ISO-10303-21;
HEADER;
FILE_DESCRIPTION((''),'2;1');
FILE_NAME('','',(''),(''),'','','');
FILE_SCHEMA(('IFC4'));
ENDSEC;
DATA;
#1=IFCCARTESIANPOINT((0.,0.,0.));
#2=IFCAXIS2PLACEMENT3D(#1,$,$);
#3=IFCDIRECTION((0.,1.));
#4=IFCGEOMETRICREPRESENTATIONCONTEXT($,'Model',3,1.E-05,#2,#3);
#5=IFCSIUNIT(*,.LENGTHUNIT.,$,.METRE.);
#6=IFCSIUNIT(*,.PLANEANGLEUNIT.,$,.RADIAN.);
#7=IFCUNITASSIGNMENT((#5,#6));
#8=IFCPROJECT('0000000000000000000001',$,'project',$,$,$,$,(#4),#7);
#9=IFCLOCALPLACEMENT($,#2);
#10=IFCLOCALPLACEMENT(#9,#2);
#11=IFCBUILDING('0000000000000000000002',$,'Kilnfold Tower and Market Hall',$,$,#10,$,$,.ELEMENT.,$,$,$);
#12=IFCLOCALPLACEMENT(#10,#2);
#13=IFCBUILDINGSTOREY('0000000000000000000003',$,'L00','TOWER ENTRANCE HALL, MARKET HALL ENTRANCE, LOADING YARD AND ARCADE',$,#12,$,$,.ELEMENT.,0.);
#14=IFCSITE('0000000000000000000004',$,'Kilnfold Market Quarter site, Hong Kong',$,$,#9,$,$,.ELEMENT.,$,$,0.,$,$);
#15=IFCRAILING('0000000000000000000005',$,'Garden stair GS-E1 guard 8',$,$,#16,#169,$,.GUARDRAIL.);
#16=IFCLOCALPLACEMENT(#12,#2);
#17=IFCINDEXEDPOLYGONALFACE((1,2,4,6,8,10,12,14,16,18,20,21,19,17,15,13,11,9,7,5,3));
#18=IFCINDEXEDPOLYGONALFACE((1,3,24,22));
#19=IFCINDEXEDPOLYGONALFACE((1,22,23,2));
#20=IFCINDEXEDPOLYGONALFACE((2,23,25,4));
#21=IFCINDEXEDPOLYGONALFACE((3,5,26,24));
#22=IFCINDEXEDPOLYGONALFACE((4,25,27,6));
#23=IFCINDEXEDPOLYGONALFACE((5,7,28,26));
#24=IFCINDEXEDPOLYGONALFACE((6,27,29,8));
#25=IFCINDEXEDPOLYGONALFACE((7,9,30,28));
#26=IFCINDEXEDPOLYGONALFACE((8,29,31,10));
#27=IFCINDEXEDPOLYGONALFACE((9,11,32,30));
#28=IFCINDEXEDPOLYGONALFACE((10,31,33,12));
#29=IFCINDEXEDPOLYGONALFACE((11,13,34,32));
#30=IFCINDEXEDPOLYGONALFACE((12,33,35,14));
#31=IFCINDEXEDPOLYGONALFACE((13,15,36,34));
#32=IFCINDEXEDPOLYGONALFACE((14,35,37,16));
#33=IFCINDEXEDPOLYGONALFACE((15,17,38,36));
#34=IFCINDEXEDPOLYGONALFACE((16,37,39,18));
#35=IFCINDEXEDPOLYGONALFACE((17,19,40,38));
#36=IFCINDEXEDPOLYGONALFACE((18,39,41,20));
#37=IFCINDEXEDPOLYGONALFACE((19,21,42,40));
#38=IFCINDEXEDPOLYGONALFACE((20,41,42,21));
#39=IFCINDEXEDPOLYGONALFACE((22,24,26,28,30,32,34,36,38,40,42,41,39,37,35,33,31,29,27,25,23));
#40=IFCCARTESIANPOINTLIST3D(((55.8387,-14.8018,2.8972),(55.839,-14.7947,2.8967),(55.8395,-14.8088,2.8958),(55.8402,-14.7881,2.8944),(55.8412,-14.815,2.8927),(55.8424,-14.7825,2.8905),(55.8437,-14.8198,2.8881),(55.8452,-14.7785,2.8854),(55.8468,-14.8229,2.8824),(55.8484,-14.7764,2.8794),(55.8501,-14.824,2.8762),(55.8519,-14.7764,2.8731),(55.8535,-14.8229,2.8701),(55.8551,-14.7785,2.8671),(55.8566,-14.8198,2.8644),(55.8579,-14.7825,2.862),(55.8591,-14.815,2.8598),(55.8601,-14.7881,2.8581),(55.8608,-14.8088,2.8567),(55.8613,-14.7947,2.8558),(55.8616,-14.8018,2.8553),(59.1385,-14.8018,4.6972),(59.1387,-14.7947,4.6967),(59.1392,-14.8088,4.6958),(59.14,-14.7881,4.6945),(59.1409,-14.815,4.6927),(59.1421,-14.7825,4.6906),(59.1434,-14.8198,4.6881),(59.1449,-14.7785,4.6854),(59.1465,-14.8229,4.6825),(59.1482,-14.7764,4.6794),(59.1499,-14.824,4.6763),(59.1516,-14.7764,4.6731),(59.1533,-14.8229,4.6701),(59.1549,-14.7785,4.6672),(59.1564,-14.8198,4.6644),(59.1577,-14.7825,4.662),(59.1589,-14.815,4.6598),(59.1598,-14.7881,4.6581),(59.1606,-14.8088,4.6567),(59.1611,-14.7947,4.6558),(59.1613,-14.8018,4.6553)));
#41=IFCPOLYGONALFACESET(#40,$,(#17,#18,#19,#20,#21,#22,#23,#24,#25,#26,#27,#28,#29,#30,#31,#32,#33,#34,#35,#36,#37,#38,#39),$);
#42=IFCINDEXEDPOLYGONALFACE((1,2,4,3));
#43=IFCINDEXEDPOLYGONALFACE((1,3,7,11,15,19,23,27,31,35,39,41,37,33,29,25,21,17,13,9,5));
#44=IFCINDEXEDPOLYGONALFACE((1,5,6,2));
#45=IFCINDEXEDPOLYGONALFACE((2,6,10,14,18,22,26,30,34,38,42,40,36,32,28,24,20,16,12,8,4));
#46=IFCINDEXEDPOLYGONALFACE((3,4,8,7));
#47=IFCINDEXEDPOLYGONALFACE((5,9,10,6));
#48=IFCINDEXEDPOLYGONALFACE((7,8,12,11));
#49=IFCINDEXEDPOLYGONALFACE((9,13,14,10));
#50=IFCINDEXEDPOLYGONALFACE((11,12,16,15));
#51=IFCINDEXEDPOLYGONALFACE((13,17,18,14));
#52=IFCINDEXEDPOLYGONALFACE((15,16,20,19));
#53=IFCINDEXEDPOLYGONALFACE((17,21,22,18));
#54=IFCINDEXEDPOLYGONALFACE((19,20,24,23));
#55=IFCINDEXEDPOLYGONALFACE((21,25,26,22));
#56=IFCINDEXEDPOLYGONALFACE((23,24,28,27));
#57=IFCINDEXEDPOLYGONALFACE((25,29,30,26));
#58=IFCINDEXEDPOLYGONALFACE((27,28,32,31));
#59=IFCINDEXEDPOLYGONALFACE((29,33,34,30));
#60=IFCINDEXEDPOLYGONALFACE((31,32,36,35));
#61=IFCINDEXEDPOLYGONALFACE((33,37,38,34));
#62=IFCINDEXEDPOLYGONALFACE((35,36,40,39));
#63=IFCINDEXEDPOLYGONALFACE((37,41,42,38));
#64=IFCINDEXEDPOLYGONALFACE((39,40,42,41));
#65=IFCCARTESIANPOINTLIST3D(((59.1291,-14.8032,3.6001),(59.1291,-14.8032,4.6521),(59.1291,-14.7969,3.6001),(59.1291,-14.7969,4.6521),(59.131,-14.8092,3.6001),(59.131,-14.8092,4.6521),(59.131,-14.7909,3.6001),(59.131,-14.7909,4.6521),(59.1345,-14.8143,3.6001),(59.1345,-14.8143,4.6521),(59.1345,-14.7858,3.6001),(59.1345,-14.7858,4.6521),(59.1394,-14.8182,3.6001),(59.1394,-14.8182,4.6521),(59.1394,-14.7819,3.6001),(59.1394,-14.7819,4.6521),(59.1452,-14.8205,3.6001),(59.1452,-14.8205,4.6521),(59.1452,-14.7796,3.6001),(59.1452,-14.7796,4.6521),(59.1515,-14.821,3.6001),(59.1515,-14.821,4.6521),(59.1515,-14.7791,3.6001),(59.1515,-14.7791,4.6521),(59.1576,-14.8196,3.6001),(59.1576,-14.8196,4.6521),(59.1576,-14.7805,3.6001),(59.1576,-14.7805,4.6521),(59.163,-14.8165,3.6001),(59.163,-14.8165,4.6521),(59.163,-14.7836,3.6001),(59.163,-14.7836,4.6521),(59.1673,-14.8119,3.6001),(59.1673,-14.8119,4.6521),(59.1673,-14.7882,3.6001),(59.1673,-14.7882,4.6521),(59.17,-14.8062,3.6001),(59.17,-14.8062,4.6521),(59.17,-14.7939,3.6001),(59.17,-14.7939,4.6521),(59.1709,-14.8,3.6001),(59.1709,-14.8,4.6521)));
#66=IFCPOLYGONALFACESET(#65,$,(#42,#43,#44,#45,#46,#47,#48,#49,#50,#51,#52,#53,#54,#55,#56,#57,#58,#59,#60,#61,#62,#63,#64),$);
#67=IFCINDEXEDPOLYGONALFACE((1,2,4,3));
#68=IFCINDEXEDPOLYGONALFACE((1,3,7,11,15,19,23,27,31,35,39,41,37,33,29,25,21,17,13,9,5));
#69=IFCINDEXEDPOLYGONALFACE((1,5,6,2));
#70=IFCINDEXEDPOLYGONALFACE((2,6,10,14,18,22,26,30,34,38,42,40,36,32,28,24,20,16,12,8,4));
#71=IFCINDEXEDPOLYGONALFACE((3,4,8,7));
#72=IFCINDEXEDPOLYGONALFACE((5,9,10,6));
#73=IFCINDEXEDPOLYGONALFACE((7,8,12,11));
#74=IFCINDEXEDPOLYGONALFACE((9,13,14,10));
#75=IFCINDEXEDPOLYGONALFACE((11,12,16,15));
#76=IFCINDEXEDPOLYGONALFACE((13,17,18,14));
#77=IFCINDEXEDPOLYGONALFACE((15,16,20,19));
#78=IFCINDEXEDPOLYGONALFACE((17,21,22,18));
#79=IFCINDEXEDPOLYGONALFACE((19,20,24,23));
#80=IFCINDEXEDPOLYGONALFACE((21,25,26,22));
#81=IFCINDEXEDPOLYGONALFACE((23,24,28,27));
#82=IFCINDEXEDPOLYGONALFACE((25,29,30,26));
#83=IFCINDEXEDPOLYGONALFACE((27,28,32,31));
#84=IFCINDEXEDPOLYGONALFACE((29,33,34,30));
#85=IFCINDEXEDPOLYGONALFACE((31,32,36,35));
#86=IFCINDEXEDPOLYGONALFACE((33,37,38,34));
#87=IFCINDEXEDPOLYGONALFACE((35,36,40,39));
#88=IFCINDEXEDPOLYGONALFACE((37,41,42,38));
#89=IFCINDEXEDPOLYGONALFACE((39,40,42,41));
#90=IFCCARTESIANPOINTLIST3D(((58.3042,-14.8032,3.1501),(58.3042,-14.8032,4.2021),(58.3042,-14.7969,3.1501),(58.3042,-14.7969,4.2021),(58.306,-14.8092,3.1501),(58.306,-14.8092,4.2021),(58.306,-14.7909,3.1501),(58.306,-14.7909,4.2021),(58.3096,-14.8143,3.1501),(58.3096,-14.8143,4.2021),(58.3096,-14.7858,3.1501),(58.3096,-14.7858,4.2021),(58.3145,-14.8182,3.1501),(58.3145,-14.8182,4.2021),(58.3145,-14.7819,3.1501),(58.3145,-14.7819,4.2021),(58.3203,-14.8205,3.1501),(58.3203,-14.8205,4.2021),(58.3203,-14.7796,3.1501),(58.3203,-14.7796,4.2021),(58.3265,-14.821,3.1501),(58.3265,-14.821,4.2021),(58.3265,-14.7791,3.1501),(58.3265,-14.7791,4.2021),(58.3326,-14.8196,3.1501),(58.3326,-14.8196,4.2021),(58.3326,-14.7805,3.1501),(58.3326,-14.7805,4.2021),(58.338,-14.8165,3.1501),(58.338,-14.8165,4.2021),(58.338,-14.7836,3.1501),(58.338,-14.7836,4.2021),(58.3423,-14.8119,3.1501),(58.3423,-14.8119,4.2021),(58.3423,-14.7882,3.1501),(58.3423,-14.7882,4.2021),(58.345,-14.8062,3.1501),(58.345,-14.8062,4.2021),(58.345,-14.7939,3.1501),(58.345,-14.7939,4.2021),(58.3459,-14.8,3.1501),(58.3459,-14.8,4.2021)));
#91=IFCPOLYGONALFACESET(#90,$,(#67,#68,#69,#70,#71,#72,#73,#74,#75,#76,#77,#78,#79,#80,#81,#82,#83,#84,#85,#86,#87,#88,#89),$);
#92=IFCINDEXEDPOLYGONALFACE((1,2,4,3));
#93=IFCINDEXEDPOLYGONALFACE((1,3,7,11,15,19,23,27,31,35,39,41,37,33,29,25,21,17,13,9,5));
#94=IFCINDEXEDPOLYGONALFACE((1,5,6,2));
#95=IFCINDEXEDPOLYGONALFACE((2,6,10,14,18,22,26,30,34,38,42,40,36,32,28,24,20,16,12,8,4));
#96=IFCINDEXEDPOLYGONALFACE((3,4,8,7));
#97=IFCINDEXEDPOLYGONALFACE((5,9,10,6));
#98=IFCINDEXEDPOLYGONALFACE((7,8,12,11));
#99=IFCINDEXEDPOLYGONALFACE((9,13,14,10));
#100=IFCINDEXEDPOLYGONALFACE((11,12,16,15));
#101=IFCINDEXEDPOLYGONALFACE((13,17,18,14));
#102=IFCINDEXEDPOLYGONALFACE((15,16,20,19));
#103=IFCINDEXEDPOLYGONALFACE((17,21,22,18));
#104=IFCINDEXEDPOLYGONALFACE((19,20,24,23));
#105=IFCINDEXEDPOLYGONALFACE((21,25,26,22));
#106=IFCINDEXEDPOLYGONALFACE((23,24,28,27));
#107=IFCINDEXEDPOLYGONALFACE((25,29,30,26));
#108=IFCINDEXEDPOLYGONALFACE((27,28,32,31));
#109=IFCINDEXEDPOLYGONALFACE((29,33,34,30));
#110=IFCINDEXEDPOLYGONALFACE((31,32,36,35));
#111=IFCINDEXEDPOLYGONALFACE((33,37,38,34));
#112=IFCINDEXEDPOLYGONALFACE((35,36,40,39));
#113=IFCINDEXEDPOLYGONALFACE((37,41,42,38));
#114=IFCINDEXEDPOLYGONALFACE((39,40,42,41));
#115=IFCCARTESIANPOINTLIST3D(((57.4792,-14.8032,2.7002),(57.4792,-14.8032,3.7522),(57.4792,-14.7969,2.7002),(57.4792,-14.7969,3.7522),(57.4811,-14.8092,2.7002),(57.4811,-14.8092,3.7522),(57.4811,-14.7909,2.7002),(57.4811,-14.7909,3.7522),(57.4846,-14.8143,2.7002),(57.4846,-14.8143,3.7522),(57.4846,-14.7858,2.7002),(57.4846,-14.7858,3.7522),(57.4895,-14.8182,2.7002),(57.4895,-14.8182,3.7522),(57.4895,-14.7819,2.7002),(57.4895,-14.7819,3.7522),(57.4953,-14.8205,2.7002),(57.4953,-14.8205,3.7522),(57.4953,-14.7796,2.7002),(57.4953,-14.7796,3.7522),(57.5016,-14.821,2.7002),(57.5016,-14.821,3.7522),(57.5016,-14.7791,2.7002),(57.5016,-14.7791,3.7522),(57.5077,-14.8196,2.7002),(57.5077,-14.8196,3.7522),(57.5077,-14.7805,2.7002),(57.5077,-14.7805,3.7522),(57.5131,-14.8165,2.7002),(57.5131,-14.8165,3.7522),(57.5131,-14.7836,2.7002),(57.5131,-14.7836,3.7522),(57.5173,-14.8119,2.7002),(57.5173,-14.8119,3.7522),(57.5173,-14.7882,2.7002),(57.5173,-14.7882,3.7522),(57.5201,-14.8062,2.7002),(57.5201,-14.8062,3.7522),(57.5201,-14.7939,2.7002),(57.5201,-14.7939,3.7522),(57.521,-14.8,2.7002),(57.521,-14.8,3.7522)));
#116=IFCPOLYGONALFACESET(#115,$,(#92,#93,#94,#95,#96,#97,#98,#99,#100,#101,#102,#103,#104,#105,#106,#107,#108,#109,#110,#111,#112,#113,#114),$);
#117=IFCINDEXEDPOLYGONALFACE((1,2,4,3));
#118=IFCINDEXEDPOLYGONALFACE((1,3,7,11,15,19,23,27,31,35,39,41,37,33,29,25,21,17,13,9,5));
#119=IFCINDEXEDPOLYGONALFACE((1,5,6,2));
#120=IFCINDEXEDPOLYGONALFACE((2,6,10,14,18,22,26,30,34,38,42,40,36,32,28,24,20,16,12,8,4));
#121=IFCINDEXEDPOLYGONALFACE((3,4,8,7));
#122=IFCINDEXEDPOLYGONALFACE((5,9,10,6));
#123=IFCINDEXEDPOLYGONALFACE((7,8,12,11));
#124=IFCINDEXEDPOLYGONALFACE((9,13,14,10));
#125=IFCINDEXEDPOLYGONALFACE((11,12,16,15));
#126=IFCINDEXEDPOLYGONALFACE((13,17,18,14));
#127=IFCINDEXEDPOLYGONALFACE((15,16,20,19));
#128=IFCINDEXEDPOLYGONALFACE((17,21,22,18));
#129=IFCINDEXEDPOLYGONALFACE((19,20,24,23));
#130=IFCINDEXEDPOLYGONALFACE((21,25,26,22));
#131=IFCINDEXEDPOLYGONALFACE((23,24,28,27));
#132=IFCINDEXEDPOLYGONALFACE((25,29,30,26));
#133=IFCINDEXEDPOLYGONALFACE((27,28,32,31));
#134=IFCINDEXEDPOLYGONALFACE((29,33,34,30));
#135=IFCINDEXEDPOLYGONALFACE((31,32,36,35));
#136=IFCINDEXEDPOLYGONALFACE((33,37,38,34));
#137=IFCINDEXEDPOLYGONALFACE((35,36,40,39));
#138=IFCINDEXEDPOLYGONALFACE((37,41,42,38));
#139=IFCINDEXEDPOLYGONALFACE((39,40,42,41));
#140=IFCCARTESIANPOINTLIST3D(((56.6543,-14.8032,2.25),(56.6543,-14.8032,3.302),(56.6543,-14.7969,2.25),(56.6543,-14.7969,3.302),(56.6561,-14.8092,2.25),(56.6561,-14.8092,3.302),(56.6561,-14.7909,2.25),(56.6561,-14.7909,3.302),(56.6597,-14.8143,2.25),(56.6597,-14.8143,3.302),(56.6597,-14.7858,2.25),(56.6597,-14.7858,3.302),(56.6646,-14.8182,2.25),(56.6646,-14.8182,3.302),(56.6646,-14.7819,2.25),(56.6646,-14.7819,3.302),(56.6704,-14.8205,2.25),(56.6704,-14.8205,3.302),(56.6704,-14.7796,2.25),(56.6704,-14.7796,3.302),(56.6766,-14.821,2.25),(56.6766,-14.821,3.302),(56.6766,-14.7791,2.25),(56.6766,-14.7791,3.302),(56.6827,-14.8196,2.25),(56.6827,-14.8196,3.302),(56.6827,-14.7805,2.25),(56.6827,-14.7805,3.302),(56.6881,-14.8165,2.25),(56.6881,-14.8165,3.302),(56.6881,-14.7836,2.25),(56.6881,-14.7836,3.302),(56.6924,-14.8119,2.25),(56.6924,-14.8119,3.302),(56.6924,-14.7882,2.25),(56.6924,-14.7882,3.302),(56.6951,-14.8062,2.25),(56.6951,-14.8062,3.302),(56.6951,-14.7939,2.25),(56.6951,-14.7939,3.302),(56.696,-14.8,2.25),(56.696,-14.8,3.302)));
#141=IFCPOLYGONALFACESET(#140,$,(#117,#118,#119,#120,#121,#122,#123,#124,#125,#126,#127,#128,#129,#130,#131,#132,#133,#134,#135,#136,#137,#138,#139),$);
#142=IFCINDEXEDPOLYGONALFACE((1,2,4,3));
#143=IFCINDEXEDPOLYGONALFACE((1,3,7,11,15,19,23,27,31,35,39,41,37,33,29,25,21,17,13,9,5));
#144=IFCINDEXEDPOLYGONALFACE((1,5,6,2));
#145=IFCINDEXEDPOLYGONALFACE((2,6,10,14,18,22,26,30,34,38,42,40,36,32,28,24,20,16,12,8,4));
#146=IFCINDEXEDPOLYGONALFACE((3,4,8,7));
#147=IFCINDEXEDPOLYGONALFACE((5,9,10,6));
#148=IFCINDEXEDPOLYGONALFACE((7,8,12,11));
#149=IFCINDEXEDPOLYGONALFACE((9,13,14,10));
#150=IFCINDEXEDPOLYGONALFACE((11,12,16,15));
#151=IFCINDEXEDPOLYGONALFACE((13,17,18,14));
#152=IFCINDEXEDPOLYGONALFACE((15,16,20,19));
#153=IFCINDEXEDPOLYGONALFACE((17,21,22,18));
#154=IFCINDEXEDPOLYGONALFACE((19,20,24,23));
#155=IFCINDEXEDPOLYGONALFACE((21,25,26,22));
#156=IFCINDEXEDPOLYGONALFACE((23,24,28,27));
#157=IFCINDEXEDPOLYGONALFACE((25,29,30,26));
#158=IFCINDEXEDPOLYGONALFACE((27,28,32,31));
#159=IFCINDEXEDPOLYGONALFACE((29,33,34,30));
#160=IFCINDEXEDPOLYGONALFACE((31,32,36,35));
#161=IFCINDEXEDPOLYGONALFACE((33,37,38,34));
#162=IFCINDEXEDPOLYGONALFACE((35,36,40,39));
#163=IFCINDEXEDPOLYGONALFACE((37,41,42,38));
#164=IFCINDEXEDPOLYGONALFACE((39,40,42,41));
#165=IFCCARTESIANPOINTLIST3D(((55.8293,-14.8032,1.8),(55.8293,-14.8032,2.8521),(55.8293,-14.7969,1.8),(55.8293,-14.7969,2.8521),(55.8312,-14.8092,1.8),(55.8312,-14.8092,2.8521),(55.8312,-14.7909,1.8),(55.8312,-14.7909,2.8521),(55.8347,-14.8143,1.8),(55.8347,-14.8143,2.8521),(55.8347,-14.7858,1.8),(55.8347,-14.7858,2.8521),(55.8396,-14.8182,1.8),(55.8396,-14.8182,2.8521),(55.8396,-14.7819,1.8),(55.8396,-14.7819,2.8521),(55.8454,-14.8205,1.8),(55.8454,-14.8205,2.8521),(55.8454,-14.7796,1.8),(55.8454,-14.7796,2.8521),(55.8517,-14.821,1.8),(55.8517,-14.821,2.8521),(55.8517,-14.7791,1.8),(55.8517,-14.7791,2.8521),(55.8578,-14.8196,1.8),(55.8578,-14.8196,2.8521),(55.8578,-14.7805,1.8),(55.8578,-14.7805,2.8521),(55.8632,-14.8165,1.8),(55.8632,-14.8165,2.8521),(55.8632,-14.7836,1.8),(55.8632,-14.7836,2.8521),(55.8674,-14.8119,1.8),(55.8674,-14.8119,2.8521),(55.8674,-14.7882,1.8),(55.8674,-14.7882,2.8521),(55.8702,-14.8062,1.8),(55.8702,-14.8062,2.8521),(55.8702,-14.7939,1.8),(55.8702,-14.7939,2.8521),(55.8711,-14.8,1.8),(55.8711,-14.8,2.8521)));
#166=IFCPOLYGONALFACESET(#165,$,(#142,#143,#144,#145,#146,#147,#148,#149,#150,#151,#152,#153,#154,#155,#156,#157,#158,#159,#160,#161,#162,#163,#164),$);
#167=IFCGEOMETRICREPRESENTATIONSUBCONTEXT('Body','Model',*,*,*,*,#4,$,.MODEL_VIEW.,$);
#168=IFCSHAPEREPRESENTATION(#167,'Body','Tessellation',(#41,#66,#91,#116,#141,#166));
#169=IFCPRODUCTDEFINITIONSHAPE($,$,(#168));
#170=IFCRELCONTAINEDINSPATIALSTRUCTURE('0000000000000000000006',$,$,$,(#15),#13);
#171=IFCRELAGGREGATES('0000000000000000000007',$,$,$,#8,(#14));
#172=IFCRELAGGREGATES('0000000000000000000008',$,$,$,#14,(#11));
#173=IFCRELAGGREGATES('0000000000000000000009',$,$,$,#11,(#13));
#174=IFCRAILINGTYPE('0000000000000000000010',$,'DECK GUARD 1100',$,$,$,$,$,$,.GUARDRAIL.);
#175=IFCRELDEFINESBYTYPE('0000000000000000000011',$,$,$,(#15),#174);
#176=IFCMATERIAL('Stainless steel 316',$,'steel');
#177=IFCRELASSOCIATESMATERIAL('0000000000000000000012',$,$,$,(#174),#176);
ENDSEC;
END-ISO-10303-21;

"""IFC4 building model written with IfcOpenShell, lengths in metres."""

from ifc_helpers import new_model, si_unit, direction, frame, origin, origin_2d, place, context, subcontext, project, spatial, circle, extrude, material, type_object, element, save


model = new_model("IFC4")

# Units and contexts
model_context = context("Model", 3, precision=1e-05, world=origin(), true_north=direction((0.0, 1.0)))
body_context = subcontext(model_context, "Body", "Model", "MODEL_VIEW")
ifc_project = project(units=[si_unit("LENGTHUNIT", "METRE"), si_unit("PLANEANGLEUNIT", "RADIAN")], contexts=[model_context])

# Site, building, storey
site_placement = place(None, origin())
site = spatial("IfcSite", under=ifc_project, at=site_placement, Name="Kilnfold Market Quarter site, Hong Kong", CompositionType="ELEMENT", RefElevation=0.0)
building_placement = place(site_placement, origin())
building = spatial("IfcBuilding", under=site, at=building_placement, Name="Kilnfold Tower and Market Hall", CompositionType="ELEMENT")
storey_placement = place(building_placement, origin())
storey = spatial("IfcBuildingStorey", under=building, at=storey_placement, Name="L00", Description="TOWER ENTRANCE HALL, MARKET HALL ENTRANCE, LOADING YARD AND ARCADE", CompositionType="ELEMENT", Elevation=0.0)

# Railing
ifc_material_1 = material(Name="Stainless steel 316", Category="steel")
railing_type_1 = type_object("IfcRailingType", Name="DECK GUARD 1100", PredefinedType="GUARDRAIL", material=ifc_material_1)
railing_1_placement = place(storey_placement, frame((59.1499, -14.8, 3.6001)))
element("IfcRailing", 1, at=railing_1_placement, inside=storey, type_object=railing_type_1, Name="Garden stair GS-E1 guard 8", PredefinedType="GUARDRAIL", context=body_context, shape_type="SweptSolid", body=[
    extrude(circle(Radius=0.0239, at=origin_2d()), frame((0.0, 0.0, 1.0762), z_axis=(-0.877878, 0.0, -0.478884), x_axis=(0.0, -1.0, 0.0)), (0.0, 0.0, 1.0), 3.7588),
    extrude(circle(Radius=0.021, at=origin_2d()), origin(), (0.0, 0.0, 1.0), 1.052),
    extrude(circle(Radius=0.021, at=origin_2d()), frame((-0.825, 0.0, -0.45)), (0.0, 0.0, 1.0), 1.052),
    extrude(circle(Radius=0.021, at=origin_2d()), frame((-1.6499, 0.0, -0.8999)), (0.0, 0.0, 1.0), 1.052),
    extrude(circle(Radius=0.021, at=origin_2d()), frame((-2.4749, 0.0, -1.3501)), (0.0, 0.0, 1.0), 1.052),
    extrude(circle(Radius=0.021, at=origin_2d()), frame((-3.2998, 0.0, -1.8)), (0.0, 0.0, 1.0), 1.052),
])

save(model, "model.ifc")
